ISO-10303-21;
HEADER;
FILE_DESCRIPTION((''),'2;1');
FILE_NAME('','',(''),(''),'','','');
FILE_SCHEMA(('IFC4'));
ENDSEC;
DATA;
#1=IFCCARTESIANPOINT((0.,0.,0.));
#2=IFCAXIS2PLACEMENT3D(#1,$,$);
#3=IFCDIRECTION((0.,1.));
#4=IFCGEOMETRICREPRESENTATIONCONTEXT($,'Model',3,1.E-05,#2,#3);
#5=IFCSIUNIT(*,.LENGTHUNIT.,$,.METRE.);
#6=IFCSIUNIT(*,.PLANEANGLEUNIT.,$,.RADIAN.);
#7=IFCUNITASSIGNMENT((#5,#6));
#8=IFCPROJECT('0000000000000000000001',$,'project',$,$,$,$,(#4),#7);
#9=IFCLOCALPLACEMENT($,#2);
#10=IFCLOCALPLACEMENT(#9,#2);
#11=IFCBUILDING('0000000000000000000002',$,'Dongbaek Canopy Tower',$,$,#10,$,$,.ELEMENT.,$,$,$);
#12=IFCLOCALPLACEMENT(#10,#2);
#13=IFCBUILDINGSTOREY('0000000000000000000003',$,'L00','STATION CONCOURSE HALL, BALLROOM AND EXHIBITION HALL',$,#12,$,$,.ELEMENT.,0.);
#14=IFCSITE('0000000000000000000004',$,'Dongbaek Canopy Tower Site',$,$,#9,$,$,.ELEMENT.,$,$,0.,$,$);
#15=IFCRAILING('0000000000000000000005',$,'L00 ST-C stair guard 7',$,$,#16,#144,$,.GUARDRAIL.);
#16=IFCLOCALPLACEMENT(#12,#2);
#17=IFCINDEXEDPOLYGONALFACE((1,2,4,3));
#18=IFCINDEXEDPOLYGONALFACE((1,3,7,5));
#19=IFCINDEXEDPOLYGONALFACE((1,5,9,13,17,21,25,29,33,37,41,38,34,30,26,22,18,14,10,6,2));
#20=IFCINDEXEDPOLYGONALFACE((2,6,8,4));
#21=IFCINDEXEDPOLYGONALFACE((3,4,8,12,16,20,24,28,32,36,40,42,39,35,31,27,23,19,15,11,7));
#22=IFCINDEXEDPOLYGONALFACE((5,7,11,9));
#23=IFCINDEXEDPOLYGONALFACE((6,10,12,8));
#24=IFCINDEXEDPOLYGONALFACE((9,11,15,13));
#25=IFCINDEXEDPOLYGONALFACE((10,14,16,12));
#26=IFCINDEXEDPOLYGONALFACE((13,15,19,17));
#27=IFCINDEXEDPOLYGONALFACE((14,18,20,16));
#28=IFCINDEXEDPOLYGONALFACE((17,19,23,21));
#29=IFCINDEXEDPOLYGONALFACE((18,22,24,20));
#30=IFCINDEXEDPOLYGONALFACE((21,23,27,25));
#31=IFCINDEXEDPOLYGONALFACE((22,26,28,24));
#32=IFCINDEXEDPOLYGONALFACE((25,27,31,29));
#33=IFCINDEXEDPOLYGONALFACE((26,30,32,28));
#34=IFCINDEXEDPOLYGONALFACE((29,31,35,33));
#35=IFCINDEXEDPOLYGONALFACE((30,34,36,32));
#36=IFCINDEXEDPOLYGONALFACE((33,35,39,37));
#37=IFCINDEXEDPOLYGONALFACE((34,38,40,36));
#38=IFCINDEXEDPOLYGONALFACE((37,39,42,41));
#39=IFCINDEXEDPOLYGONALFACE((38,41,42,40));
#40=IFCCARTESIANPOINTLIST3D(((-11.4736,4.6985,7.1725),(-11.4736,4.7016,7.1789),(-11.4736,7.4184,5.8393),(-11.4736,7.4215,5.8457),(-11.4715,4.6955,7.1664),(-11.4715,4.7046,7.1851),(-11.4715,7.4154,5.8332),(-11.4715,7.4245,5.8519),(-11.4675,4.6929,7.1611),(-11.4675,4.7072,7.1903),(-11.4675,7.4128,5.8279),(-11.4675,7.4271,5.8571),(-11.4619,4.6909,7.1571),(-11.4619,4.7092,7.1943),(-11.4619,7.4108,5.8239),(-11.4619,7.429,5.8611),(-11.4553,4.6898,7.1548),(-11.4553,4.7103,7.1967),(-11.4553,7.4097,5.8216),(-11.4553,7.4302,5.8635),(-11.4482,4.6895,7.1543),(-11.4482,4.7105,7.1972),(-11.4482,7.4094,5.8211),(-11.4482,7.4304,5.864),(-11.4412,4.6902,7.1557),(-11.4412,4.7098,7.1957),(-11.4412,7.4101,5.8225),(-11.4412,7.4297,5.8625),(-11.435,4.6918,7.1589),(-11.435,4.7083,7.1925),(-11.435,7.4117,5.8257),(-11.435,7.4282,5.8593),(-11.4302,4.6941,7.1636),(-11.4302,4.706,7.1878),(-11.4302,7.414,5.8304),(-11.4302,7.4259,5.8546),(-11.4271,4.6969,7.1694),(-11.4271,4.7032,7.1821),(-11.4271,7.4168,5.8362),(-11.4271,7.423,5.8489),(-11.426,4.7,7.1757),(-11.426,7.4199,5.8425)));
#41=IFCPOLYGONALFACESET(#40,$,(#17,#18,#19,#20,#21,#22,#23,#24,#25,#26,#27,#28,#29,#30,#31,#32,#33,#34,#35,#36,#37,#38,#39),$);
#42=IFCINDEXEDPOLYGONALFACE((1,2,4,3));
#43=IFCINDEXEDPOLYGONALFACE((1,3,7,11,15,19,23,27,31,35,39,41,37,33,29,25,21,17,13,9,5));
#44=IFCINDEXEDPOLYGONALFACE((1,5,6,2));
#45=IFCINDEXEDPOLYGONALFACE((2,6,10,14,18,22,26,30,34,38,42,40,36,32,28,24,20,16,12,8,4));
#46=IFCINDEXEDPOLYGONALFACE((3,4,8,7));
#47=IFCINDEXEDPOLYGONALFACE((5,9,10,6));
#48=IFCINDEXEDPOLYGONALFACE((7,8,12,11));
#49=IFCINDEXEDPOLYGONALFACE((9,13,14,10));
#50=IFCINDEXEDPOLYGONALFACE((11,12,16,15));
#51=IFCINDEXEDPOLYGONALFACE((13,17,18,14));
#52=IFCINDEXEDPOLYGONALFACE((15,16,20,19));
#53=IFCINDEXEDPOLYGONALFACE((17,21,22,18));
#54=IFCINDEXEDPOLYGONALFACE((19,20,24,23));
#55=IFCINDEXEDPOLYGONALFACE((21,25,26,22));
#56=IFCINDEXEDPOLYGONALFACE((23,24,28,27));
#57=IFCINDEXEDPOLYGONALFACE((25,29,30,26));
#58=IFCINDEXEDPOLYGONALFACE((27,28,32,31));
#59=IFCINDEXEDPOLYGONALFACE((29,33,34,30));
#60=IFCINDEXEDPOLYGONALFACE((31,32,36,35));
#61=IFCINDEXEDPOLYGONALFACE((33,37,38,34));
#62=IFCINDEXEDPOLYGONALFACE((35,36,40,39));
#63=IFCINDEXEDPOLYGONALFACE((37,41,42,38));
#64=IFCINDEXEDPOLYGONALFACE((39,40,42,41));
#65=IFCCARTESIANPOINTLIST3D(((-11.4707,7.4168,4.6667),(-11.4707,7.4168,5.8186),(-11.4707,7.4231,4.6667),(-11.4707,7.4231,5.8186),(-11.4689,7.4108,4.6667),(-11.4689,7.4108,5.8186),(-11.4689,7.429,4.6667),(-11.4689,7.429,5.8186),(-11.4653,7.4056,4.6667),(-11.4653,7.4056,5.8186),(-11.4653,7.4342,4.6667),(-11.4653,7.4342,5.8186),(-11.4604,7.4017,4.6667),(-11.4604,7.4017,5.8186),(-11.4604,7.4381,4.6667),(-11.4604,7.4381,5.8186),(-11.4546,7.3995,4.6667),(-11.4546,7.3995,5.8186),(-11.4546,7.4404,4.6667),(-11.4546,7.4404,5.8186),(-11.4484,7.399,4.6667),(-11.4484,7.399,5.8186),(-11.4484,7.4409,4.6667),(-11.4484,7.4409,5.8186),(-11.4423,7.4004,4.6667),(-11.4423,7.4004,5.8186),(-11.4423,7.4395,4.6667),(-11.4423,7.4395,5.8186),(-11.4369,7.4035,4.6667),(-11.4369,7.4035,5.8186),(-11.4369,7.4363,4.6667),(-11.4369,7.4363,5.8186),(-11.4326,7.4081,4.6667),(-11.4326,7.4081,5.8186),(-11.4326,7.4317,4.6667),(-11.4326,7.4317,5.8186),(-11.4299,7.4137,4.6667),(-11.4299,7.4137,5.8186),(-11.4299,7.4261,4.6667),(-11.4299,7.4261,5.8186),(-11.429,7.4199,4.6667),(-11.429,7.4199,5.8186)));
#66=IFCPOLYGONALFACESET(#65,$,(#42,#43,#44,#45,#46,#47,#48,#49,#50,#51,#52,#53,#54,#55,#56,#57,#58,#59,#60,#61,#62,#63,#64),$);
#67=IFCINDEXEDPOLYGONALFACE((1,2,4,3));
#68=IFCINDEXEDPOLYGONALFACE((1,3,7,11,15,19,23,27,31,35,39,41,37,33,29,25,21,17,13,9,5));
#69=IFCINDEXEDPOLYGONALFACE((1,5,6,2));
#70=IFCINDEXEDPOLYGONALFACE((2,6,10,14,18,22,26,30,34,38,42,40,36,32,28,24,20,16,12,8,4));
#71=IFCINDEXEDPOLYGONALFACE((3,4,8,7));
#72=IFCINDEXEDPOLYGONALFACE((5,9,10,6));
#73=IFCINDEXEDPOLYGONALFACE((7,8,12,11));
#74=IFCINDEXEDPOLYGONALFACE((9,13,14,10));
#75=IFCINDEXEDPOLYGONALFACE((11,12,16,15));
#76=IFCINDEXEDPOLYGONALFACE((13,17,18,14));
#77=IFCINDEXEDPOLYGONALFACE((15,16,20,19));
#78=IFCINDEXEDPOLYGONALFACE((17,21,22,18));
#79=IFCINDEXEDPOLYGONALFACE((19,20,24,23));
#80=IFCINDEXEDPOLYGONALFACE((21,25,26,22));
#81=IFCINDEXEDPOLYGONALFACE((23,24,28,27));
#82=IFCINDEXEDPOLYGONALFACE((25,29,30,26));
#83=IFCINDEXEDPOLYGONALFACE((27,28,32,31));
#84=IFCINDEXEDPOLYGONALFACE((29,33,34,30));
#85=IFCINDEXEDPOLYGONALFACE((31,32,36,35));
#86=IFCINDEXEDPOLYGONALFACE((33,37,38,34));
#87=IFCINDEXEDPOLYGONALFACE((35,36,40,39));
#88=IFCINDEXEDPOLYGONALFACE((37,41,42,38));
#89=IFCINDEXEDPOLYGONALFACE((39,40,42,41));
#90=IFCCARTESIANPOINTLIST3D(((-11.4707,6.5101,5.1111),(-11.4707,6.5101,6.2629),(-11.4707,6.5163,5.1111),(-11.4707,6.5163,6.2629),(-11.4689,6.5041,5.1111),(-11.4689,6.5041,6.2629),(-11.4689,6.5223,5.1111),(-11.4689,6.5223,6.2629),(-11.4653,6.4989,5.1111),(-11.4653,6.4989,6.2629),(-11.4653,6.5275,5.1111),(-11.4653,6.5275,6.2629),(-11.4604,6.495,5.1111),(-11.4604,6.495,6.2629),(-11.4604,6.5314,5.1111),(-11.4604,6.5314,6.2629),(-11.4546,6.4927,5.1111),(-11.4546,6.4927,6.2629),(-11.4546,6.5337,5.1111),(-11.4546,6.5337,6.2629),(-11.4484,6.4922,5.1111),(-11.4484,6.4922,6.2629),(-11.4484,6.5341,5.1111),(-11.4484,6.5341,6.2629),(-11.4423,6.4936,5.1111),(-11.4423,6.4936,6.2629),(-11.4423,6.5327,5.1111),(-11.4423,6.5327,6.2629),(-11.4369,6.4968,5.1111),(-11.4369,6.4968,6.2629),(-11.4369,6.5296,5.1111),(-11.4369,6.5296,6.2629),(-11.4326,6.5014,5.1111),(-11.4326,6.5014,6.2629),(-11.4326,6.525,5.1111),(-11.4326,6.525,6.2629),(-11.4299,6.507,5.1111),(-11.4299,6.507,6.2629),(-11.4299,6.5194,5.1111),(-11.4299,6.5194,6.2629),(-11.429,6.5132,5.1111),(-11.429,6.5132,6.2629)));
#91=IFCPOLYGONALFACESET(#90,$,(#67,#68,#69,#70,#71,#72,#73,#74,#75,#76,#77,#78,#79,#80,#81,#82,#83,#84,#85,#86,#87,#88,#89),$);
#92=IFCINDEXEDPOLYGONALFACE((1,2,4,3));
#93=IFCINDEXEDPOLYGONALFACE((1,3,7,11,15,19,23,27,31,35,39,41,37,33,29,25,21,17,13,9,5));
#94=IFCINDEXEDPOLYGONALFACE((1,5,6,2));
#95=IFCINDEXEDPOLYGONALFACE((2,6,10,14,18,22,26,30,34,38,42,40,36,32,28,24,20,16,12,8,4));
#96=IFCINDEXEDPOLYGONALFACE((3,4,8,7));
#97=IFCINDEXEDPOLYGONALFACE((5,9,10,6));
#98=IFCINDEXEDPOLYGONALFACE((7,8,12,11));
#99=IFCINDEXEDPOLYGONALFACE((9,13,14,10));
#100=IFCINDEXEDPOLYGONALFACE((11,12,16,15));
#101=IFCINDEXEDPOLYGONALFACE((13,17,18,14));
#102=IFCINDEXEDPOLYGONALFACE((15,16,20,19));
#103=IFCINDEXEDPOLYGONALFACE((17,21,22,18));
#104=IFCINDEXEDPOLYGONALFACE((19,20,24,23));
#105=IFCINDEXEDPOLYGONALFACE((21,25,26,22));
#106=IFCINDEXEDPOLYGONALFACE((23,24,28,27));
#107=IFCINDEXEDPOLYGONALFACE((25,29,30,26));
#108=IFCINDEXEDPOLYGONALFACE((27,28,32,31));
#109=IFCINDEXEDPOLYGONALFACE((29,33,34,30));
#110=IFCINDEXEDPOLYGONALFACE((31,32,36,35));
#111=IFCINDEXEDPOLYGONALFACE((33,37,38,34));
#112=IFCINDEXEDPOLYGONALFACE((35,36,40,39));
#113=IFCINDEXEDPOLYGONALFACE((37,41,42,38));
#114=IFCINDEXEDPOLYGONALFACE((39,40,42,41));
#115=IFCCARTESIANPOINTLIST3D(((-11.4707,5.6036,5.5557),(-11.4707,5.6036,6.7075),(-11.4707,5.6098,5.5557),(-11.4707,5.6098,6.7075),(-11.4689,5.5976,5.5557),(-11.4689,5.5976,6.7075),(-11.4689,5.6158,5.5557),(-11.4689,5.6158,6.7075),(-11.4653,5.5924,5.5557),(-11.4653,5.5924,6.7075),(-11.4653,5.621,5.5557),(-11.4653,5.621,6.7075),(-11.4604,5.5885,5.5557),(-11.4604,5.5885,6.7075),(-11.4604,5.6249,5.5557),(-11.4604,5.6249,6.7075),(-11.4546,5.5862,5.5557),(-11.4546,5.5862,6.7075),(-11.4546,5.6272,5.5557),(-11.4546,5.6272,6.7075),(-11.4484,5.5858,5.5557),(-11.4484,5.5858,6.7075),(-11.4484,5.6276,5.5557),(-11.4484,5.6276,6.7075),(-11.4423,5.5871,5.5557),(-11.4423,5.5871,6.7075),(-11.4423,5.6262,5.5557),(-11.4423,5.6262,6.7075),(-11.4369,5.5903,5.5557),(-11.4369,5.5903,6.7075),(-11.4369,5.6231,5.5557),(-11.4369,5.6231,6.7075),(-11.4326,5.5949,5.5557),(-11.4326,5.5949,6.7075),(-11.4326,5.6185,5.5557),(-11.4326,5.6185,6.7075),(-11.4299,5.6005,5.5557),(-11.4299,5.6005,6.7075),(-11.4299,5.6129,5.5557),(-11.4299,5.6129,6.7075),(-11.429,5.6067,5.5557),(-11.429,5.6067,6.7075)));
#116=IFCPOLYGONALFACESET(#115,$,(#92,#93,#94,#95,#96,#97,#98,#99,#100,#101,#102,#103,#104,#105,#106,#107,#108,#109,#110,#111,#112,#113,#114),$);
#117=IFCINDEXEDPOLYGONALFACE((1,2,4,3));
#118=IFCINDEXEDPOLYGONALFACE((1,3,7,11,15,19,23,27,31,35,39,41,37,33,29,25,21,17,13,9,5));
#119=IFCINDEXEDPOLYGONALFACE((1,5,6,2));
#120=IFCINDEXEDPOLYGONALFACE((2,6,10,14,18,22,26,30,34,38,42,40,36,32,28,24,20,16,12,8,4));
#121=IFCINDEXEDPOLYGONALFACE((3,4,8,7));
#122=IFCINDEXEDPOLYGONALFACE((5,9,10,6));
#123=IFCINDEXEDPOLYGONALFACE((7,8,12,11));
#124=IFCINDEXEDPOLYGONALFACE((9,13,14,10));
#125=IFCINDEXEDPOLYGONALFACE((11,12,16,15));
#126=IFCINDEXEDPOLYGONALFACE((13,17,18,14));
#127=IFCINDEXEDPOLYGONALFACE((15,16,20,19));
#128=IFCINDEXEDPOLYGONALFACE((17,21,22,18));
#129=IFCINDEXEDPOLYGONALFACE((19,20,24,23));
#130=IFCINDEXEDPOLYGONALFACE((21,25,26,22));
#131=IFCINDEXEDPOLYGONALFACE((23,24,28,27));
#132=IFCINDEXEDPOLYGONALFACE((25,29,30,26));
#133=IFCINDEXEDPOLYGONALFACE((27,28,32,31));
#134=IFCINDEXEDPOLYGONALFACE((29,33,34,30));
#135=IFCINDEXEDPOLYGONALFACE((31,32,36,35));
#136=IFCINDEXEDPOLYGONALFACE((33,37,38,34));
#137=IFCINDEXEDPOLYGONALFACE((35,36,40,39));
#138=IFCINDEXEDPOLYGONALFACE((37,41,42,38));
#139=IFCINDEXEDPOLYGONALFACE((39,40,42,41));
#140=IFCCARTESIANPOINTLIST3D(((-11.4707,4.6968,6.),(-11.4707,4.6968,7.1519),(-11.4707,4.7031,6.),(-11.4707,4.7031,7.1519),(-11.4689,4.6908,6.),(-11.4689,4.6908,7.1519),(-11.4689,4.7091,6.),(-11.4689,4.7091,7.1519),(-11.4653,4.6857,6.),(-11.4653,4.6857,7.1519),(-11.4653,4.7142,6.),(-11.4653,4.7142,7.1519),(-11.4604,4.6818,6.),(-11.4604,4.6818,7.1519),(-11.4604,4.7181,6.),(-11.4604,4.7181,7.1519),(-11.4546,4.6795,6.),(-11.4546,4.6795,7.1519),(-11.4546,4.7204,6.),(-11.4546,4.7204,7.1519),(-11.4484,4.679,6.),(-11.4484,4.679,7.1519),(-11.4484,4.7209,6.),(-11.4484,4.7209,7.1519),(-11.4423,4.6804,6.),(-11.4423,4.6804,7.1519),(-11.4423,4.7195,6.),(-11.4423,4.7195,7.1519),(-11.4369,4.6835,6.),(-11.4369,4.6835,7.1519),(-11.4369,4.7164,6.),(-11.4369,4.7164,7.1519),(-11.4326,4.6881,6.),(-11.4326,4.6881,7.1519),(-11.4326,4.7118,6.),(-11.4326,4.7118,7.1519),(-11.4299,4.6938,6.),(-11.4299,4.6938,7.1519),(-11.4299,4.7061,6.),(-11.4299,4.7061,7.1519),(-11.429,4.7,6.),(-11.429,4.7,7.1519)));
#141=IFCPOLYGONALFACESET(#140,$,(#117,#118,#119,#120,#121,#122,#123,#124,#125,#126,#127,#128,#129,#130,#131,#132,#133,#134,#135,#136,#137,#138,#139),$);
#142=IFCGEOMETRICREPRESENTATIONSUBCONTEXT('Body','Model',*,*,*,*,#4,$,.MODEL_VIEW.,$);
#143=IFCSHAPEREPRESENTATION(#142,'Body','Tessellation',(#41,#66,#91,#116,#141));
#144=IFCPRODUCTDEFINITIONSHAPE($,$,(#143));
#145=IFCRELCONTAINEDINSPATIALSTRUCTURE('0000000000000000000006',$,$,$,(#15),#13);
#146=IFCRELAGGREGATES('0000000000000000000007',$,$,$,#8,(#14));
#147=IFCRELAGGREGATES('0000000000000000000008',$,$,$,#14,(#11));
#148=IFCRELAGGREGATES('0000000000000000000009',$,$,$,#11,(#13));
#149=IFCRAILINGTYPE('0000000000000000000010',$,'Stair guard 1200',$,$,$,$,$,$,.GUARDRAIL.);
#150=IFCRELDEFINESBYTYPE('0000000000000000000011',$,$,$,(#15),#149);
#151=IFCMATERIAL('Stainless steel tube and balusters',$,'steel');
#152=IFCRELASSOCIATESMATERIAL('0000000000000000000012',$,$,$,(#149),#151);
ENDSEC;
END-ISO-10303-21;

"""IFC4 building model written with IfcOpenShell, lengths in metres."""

from ifc_helpers import new_model, si_unit, direction, frame, origin, origin_2d, place, context, subcontext, project, spatial, circle, extrude, material, type_object, element, save


model = new_model("IFC4")

# Units and contexts
model_context = context("Model", 3, precision=1e-05, world=origin(), true_north=direction((0.0, 1.0)))
body_context = subcontext(model_context, "Body", "Model", "MODEL_VIEW")
ifc_project = project(units=[si_unit("LENGTHUNIT", "METRE"), si_unit("PLANEANGLEUNIT", "RADIAN")], contexts=[model_context])

# Site, building, storey
site_placement = place(None, origin())
site = spatial("IfcSite", under=ifc_project, at=site_placement, Name="Dongbaek Canopy Tower Site", CompositionType="ELEMENT", RefElevation=0.0)
building_placement = place(site_placement, origin())
building = spatial("IfcBuilding", under=site, at=building_placement, Name="Dongbaek Canopy Tower", CompositionType="ELEMENT")
storey_placement = place(building_placement, origin())
storey = spatial("IfcBuildingStorey", under=building, at=storey_placement, Name="L00", Description="STATION CONCOURSE HALL, BALLROOM AND EXHIBITION HALL", CompositionType="ELEMENT", Elevation=0.0)

# Railing
ifc_material_1 = material(Name="Stainless steel tube and balusters", Category="steel")
railing_type_1 = type_object("IfcRailingType", Name="Stair guard 1200", PredefinedType="GUARDRAIL", material=ifc_material_1)
railing_1_placement = place(storey_placement, frame((-11.45, 7.4199, 4.6667)))
element("IfcRailing", 1, at=railing_1_placement, inside=storey, type_object=railing_type_1, Name="L00 ST-C stair guard 7", PredefinedType="GUARDRAIL", context=body_context, shape_type="SweptSolid", body=[
    extrude(circle(Radius=0.0239, at=origin_2d()), frame((0.0, 0.0, 1.1758), z_axis=(0.0, -0.897929, 0.440139), x_axis=(1.0, 0.0, 0.0)), (0.0, 0.0, 1.0), 3.0291),
    extrude(circle(Radius=0.021, at=origin_2d()), origin(), (0.0, 0.0, 1.0), 1.1519),
    extrude(circle(Radius=0.021, at=origin_2d()), frame((0.0, -0.9067, 0.4443)), (0.0, 0.0, 1.0), 1.1519),
    extrude(circle(Radius=0.021, at=origin_2d()), frame((0.0, -1.8132, 0.8889)), (0.0, 0.0, 1.0), 1.1519),
    extrude(circle(Radius=0.021, at=origin_2d()), frame((0.0, -2.72, 1.3333)), (0.0, 0.0, 1.0), 1.1519),
])

save(model, "model.ifc")
